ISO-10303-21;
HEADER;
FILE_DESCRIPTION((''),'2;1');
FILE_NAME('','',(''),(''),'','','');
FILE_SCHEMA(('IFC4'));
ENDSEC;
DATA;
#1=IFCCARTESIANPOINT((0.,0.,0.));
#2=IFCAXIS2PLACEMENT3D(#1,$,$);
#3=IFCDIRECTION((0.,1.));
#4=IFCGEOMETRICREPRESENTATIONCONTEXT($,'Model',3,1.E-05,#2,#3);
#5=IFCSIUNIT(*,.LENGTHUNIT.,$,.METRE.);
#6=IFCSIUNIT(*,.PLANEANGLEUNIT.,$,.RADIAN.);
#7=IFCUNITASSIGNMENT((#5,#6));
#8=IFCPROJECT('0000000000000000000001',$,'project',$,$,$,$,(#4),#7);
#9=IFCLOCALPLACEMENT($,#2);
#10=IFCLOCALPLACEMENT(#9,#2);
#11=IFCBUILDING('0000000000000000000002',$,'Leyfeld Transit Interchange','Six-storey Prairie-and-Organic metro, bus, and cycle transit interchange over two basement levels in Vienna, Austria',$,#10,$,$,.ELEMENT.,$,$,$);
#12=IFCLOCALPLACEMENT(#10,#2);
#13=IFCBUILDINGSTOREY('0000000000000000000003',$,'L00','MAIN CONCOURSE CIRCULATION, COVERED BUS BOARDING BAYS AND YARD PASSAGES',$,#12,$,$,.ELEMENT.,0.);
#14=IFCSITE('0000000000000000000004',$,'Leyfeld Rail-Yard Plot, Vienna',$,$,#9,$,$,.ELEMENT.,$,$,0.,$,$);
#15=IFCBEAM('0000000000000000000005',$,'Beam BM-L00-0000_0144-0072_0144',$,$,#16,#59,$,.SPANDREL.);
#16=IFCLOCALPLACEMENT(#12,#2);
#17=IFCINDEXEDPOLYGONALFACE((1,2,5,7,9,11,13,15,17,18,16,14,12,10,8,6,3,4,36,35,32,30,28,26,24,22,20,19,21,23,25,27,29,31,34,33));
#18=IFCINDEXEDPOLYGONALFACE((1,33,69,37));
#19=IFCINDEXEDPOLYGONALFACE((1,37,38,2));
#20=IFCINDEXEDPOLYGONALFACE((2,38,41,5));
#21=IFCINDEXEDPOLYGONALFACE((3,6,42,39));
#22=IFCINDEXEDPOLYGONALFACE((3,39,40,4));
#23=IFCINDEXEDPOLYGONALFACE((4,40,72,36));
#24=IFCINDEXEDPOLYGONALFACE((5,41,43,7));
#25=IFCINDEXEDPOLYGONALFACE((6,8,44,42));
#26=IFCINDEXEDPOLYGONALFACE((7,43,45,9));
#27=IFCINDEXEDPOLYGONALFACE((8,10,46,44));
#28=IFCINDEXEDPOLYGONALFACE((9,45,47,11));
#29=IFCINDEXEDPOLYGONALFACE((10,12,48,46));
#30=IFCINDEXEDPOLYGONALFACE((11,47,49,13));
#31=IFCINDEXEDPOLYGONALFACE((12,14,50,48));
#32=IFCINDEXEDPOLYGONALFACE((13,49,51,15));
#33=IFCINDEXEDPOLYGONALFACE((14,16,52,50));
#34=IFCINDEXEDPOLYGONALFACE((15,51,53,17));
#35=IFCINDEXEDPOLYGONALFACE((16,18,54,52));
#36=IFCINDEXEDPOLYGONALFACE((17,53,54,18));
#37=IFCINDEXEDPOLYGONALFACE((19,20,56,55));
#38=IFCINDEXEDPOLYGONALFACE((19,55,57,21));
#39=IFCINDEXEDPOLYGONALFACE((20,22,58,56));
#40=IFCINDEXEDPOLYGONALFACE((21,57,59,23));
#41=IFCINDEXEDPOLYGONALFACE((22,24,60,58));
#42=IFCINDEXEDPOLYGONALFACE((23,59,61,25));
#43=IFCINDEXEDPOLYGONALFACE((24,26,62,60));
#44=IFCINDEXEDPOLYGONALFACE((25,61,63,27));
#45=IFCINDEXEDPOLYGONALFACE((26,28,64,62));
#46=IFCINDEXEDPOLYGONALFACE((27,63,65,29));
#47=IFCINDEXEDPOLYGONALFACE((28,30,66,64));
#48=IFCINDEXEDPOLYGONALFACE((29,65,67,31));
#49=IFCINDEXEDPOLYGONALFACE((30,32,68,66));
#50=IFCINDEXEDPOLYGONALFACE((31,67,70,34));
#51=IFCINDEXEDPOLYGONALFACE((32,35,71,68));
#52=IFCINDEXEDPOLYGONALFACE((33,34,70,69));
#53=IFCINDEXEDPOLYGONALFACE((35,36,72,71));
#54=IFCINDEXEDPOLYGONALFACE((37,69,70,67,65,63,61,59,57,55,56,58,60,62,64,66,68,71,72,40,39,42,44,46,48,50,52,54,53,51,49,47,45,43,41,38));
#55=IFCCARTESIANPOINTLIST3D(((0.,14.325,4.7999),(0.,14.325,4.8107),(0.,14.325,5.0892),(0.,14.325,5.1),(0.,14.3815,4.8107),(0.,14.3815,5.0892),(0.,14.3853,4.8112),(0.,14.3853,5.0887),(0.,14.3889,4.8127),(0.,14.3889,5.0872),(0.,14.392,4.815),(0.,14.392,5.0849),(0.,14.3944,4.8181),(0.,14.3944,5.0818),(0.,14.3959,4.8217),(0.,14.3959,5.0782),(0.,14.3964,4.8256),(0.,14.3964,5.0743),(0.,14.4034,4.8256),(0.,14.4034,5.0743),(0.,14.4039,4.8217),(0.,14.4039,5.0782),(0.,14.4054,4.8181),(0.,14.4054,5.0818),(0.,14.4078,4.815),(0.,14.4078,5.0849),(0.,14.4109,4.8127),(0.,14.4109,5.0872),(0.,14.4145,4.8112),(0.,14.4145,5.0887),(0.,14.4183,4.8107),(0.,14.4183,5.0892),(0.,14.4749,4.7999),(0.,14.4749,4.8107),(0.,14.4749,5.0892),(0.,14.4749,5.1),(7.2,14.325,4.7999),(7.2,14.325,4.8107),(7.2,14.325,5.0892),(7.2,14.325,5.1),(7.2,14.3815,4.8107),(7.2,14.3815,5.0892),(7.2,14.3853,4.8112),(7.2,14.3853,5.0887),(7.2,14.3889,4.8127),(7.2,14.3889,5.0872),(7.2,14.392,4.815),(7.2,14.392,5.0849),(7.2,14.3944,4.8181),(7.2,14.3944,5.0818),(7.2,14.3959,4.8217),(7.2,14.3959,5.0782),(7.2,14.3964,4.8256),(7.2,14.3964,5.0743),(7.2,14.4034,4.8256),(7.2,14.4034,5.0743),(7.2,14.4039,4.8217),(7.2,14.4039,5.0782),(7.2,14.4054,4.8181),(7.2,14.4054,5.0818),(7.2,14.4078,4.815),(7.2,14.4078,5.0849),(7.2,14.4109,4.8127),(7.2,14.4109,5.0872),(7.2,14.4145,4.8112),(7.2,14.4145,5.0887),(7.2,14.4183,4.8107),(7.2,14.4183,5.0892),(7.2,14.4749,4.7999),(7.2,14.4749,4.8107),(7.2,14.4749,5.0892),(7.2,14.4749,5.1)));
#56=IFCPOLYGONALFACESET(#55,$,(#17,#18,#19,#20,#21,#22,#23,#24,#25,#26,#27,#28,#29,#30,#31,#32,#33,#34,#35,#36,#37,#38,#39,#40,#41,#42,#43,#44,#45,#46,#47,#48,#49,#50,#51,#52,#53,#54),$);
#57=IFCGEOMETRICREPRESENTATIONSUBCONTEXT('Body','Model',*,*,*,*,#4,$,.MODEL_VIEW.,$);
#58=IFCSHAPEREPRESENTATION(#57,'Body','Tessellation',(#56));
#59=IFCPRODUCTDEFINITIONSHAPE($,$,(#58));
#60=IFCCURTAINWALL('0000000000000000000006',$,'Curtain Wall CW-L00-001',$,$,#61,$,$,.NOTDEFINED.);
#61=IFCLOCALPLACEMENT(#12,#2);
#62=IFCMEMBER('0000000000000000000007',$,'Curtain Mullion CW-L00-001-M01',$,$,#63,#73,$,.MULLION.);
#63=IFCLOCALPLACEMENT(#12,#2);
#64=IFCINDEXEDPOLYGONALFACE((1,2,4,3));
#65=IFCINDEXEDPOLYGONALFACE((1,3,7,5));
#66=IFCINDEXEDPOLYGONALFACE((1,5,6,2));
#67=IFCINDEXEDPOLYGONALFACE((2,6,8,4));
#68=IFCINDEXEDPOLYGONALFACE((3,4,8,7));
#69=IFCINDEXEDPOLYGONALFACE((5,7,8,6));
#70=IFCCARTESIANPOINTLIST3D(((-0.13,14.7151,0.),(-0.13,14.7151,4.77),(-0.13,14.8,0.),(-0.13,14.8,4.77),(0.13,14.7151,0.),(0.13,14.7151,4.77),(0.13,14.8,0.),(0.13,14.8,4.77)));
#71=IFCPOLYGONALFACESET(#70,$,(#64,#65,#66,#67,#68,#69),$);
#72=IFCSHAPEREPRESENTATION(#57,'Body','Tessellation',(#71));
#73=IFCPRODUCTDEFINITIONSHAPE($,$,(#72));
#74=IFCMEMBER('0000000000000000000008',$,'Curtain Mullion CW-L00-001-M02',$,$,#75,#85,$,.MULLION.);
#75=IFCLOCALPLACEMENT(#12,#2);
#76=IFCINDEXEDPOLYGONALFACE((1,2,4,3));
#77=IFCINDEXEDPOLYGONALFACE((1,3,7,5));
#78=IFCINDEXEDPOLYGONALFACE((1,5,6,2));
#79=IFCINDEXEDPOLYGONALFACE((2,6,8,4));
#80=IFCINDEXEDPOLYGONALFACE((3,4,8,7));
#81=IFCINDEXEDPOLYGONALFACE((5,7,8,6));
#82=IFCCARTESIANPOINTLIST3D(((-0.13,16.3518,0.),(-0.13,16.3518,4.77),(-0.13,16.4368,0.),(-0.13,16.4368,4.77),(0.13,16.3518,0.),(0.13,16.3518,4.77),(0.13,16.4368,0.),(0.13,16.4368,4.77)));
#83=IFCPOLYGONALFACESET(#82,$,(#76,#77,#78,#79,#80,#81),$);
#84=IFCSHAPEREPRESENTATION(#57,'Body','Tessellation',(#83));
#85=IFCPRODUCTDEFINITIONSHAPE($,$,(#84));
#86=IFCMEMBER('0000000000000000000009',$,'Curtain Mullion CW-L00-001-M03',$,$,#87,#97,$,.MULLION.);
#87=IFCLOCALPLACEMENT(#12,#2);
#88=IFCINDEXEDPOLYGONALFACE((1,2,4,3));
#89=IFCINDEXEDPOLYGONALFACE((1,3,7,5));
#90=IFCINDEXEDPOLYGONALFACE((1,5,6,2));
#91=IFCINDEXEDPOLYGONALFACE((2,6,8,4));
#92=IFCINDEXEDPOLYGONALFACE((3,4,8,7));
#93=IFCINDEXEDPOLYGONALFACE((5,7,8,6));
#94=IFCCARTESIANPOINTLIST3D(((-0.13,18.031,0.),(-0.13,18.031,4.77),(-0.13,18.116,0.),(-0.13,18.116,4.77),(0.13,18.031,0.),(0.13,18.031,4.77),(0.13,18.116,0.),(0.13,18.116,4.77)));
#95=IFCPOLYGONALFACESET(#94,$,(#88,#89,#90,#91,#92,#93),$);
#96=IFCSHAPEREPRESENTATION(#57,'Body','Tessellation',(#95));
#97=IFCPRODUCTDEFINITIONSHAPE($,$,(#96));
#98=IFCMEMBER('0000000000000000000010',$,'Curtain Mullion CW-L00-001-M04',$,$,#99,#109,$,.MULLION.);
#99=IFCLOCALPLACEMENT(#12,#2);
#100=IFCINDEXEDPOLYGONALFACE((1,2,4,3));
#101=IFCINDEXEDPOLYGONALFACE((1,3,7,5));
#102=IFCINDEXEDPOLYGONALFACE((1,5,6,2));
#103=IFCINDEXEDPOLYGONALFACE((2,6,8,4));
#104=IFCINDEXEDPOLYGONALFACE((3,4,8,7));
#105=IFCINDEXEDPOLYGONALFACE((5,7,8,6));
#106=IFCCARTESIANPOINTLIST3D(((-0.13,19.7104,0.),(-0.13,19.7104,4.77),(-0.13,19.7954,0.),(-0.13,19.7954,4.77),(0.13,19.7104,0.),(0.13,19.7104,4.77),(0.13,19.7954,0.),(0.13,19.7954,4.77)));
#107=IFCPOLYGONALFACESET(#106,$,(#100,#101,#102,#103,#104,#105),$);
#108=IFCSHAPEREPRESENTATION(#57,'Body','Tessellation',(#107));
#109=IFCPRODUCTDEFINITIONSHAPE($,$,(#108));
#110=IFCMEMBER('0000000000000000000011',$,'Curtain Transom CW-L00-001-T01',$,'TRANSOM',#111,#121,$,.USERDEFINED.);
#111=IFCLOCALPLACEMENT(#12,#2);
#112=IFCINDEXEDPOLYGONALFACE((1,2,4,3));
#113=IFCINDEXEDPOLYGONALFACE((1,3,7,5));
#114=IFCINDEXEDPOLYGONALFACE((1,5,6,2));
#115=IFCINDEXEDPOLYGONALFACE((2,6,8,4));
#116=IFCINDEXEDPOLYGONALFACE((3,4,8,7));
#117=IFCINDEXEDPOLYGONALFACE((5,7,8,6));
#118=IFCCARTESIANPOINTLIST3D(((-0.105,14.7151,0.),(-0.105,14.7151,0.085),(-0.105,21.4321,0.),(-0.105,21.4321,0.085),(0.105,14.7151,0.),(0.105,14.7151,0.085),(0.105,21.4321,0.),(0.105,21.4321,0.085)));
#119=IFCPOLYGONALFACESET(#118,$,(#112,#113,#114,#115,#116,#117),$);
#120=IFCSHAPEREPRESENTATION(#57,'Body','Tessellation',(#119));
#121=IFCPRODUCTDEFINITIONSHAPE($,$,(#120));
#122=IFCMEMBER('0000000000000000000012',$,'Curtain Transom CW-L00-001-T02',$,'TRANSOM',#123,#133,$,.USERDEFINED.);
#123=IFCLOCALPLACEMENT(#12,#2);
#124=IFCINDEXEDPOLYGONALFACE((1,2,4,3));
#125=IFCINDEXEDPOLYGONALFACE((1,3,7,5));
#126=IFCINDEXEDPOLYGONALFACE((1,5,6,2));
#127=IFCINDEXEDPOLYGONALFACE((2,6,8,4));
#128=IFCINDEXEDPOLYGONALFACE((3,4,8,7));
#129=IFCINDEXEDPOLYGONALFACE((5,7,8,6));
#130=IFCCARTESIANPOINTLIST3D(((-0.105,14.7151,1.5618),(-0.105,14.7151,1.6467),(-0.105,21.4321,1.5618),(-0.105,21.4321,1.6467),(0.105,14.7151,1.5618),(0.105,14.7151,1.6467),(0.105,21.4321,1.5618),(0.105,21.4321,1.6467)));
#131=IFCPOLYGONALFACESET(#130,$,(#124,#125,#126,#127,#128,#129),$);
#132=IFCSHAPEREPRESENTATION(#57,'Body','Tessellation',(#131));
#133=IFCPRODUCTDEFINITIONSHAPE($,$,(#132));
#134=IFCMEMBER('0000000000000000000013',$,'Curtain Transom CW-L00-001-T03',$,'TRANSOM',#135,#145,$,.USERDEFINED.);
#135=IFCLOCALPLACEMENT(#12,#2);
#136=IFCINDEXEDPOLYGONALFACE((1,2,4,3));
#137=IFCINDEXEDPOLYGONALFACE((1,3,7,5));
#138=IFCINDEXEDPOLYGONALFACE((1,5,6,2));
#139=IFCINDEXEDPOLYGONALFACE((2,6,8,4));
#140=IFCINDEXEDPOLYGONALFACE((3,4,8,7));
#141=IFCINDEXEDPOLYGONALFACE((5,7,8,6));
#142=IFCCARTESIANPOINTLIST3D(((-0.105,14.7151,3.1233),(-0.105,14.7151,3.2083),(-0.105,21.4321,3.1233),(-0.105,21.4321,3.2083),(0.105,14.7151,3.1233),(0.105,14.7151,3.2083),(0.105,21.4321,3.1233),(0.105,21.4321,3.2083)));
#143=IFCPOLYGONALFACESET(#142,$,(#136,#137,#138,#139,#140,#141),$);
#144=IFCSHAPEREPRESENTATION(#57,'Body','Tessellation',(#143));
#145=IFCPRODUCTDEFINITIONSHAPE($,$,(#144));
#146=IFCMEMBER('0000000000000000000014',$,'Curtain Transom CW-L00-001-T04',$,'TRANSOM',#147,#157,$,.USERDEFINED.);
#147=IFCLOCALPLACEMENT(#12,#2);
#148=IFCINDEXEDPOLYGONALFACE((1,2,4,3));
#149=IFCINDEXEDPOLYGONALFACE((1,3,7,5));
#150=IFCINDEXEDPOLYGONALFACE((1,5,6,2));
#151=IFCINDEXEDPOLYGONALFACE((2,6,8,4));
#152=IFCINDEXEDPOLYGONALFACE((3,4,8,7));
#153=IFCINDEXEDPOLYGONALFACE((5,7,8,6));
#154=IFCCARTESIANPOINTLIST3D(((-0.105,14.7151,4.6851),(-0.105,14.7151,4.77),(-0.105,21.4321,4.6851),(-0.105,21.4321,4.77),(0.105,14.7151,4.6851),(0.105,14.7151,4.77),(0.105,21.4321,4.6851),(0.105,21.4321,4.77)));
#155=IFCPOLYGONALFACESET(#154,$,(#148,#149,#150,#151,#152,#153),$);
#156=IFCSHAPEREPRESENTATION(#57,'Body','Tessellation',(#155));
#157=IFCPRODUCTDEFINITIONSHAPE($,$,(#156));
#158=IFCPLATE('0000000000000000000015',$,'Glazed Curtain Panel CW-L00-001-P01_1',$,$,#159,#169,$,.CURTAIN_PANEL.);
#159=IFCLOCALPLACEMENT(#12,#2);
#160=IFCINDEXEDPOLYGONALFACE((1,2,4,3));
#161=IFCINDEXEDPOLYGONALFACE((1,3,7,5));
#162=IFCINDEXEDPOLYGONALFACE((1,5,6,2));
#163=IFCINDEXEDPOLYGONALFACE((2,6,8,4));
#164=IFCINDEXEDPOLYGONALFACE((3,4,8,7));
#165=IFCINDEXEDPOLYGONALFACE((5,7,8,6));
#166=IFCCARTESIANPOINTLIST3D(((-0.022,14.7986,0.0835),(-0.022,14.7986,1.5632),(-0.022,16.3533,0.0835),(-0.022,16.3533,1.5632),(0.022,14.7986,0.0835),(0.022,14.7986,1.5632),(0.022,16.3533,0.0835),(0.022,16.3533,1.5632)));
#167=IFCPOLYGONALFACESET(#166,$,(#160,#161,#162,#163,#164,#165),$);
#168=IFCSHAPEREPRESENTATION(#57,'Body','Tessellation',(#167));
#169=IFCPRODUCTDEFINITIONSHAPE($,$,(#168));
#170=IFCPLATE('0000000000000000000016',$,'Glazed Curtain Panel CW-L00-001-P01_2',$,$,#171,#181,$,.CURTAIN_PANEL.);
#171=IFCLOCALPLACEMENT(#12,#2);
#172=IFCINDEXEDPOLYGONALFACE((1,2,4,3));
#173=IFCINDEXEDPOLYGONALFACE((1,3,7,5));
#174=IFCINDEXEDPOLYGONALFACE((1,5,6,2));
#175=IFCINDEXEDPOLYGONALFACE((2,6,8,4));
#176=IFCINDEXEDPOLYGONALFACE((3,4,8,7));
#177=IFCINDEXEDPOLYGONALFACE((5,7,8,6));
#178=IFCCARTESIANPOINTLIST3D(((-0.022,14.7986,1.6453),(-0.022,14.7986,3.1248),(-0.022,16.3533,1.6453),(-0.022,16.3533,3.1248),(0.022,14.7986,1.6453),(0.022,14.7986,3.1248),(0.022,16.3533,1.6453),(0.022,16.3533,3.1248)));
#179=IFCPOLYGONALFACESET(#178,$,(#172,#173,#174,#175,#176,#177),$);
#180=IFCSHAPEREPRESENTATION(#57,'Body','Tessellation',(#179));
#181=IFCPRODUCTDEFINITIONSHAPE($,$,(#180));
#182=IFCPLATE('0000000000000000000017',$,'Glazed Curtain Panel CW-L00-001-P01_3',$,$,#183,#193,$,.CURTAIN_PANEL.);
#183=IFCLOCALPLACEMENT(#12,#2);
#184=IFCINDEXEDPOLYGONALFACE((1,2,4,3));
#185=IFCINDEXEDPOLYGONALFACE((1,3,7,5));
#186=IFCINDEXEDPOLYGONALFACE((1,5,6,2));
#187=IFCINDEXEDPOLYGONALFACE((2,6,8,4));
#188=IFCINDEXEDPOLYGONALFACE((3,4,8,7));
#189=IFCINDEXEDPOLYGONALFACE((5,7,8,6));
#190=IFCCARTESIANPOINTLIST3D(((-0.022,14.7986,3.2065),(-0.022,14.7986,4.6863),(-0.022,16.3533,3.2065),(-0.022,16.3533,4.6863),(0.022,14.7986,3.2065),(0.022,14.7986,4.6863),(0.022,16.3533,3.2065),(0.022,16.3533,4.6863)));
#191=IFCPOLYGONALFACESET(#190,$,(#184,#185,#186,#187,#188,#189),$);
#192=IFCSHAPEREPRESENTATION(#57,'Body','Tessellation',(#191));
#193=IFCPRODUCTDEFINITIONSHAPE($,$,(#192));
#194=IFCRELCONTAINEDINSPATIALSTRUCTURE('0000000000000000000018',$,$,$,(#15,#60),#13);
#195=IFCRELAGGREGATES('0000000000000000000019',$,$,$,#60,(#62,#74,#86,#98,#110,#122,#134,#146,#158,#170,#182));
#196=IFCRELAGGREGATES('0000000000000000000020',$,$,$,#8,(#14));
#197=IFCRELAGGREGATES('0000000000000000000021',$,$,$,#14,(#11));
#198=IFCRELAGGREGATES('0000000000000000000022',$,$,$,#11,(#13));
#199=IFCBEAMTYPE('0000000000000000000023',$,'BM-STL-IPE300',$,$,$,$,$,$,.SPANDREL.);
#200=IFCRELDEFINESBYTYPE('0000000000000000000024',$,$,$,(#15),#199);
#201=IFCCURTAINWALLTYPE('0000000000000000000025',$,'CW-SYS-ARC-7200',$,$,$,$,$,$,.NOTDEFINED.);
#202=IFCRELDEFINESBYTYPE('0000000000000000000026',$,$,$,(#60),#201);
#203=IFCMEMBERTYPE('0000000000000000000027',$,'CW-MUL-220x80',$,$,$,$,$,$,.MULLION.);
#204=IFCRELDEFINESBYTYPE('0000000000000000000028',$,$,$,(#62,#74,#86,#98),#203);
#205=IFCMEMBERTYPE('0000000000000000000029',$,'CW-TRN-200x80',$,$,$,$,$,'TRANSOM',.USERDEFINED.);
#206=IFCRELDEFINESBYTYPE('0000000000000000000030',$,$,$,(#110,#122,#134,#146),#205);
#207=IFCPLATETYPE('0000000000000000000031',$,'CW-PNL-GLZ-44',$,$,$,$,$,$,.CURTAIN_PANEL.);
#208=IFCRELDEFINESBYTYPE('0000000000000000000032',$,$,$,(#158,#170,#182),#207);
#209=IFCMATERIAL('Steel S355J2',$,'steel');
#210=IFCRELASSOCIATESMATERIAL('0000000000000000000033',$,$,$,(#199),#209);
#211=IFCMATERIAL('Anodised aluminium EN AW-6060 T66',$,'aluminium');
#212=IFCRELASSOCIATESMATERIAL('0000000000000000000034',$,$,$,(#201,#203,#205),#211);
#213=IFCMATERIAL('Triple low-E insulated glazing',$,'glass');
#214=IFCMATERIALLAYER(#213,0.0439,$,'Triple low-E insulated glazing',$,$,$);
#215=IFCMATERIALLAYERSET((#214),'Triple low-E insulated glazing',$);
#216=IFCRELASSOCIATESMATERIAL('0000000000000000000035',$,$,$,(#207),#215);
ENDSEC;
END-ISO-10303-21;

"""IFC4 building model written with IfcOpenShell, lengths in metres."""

from ifc_helpers import new_model, si_unit, direction, frame, origin, origin_2d, place, context, subcontext, project, spatial, rectangle, i_section, extrude, material, layer, layer_set, material_profile, profile_set, type_object, element, aggregate, save


model = new_model("IFC4")

# Units and contexts
model_context = context("Model", 3, precision=1e-05, world=origin(), true_north=direction((0.0, 1.0)))
body_context = subcontext(model_context, "Body", "Model", "MODEL_VIEW")
ifc_project = project(units=[si_unit("LENGTHUNIT", "METRE"), si_unit("PLANEANGLEUNIT", "RADIAN")], contexts=[model_context])

# Site, building, storey
site_placement = place(None, origin())
site = spatial("IfcSite", under=ifc_project, at=site_placement, Name="Leyfeld Rail-Yard Plot, Vienna", CompositionType="ELEMENT", RefElevation=0.0)
building_placement = place(site_placement, origin())
building = spatial("IfcBuilding", under=site, at=building_placement, Name="Leyfeld Transit Interchange", Description="Six-storey Prairie-and-Organic metro, bus, and cycle transit interchange over two basement levels in Vienna, Austria", CompositionType="ELEMENT")
storey_placement = place(building_placement, origin())
storey = spatial("IfcBuildingStorey", under=building, at=storey_placement, Name="L00", Description="MAIN CONCOURSE CIRCULATION, COVERED BUS BOARDING BAYS AND YARD PASSAGES", CompositionType="ELEMENT", Elevation=0.0)

# Beam
ifc_material_1 = material(Name="Steel S355J2", Category="steel")
ifc_material_profile_1 = material_profile(ifc_material_1, i_section(OverallWidth=0.1499, OverallDepth=0.3, WebThickness=0.0071, FlangeThickness=0.0107, FilletRadius=0.0149, at=origin_2d()), Name="IPE 300")
ifc_profile_set_1 = profile_set([ifc_material_profile_1], Name="Steel S355J2")
beam_type = type_object("IfcBeamType", Name="BM-STL-IPE300", PredefinedType="SPANDREL", material=ifc_profile_set_1)
beam_1_placement = place(storey_placement, frame((0.0, 14.3999, 4.95), z_axis=(1.0, 0.0, 0.0), x_axis=(0.0, 1.0, 0.0)))
element("IfcBeam", 1, at=beam_1_placement, inside=storey, type_object=beam_type, Name="Beam BM-L00-0000_0144-0072_0144", PredefinedType="SPANDREL", context=body_context, shape_type="SweptSolid", body=[
    extrude(i_section(OverallWidth=0.1499, OverallDepth=0.3, WebThickness=0.0071, FlangeThickness=0.0107, FilletRadius=0.0149, at=origin_2d()), origin(), (0.0, 0.0, 1.0), 7.2),
])

# Curtain wall, members, plates
ifc_material_2 = material(Name="Anodised aluminium EN AW-6060 T66", Category="aluminium")
curtain_wall_type = type_object("IfcCurtainWallType", Name="CW-SYS-ARC-7200", PredefinedType="NOTDEFINED", material=ifc_material_2)
curtain_wall_placement = place(storey_placement, origin())
curtain_wall = element("IfcCurtainWall", 2, at=curtain_wall_placement, inside=storey, type_object=curtain_wall_type, Name="Curtain Wall CW-L00-001", PredefinedType="NOTDEFINED")
ifc_material_profile_2 = material_profile(ifc_material_2, rectangle(XDim=0.085, YDim=0.26, at=origin_2d()), Name="CW-M 85x260")
ifc_profile_set_2 = profile_set([ifc_material_profile_2], Name="Anodised aluminium EN AW-6060 T66")
member_type_1 = type_object("IfcMemberType", Name="CW-MUL-220x80", PredefinedType="MULLION", material=ifc_profile_set_2)
member_1_placement = place(storey_placement, frame((0.0, 14.7576, 0.0), z_axis=(0.0, 0.0, 1.0), x_axis=(0.0, 1.0, 0.0)))
member_1 = element("IfcMember", 3, at=member_1_placement, type_object=member_type_1, Name="Curtain Mullion CW-L00-001-M01", PredefinedType="MULLION", context=body_context, shape_type="SweptSolid", body=[
    extrude(rectangle(XDim=0.085, YDim=0.26, at=origin_2d()), origin(), (0.0, 0.0, 1.0), 4.77),
])
member_2_placement = place(storey_placement, frame((0.0, 16.3943, 0.0), z_axis=(0.0, 0.0, 1.0), x_axis=(0.0, 1.0, 0.0)))
member_2 = element("IfcMember", 4, at=member_2_placement, type_object=member_type_1, Name="Curtain Mullion CW-L00-001-M02", PredefinedType="MULLION", context=body_context, shape_type="SweptSolid", body=[
    extrude(rectangle(XDim=0.085, YDim=0.26, at=origin_2d()), origin(), (0.0, 0.0, 1.0), 4.77),
])
member_3_placement = place(storey_placement, frame((0.0, 18.0735, 0.0), z_axis=(0.0, 0.0, 1.0), x_axis=(0.0, 1.0, 0.0)))
member_3 = element("IfcMember", 5, at=member_3_placement, type_object=member_type_1, Name="Curtain Mullion CW-L00-001-M03", PredefinedType="MULLION", context=body_context, shape_type="SweptSolid", body=[
    extrude(rectangle(XDim=0.085, YDim=0.26, at=origin_2d()), origin(), (0.0, 0.0, 1.0), 4.77),
])
member_4_placement = place(storey_placement, frame((0.0, 19.7529, 0.0), z_axis=(0.0, 0.0, 1.0), x_axis=(0.0, 1.0, 0.0)))
member_4 = element("IfcMember", 6, at=member_4_placement, type_object=member_type_1, Name="Curtain Mullion CW-L00-001-M04", PredefinedType="MULLION", context=body_context, shape_type="SweptSolid", body=[
    extrude(rectangle(XDim=0.085, YDim=0.26, at=origin_2d()), origin(), (0.0, 0.0, 1.0), 4.77),
])
ifc_material_profile_3 = material_profile(ifc_material_2, rectangle(XDim=0.21, YDim=0.085, at=origin_2d()), Name="CW-TRN-200x80")
ifc_profile_set_3 = profile_set([ifc_material_profile_3], Name="Anodised aluminium EN AW-6060 T66")
member_type_2 = type_object("IfcMemberType", Name="CW-TRN-200x80", ElementType="TRANSOM", PredefinedType="USERDEFINED", material=ifc_profile_set_3)
member_5_placement = place(storey_placement, frame((0.0, 14.7151, 0.0425), z_axis=(0.0, 1.0, 0.0), x_axis=(-1.0, 0.0, 0.0)))
member_5 = element("IfcMember", 7, at=member_5_placement, type_object=member_type_2, Name="Curtain Transom CW-L00-001-T01", ObjectType="TRANSOM", PredefinedType="USERDEFINED", context=body_context, shape_type="SweptSolid", body=[
    extrude(rectangle(XDim=0.21, YDim=0.085, at=origin_2d()), origin(), (0.0, 0.0, 1.0), 6.717),
])
member_6_placement = place(storey_placement, frame((0.0, 14.7151, 1.6042), z_axis=(0.0, 1.0, 0.0), x_axis=(-1.0, 0.0, 0.0)))
member_6 = element("IfcMember", 8, at=member_6_placement, type_object=member_type_2, Name="Curtain Transom CW-L00-001-T02", ObjectType="TRANSOM", PredefinedType="USERDEFINED", context=body_context, shape_type="SweptSolid", body=[
    extrude(rectangle(XDim=0.21, YDim=0.085, at=origin_2d()), origin(), (0.0, 0.0, 1.0), 6.717),
])
member_7_placement = place(storey_placement, frame((0.0, 14.7151, 3.1658), z_axis=(0.0, 1.0, 0.0), x_axis=(-1.0, 0.0, 0.0)))
member_7 = element("IfcMember", 9, at=member_7_placement, type_object=member_type_2, Name="Curtain Transom CW-L00-001-T03", ObjectType="TRANSOM", PredefinedType="USERDEFINED", context=body_context, shape_type="SweptSolid", body=[
    extrude(rectangle(XDim=0.21, YDim=0.085, at=origin_2d()), origin(), (0.0, 0.0, 1.0), 6.717),
])
member_8_placement = place(storey_placement, frame((0.0, 14.7151, 4.7275), z_axis=(0.0, 1.0, 0.0), x_axis=(-1.0, 0.0, 0.0)))
member_8 = element("IfcMember", 10, at=member_8_placement, type_object=member_type_2, Name="Curtain Transom CW-L00-001-T04", ObjectType="TRANSOM", PredefinedType="USERDEFINED", context=body_context, shape_type="SweptSolid", body=[
    extrude(rectangle(XDim=0.21, YDim=0.085, at=origin_2d()), origin(), (0.0, 0.0, 1.0), 6.717),
])
ifc_material_3 = material(Name="Triple low-E insulated glazing", Category="glass")
ifc_layer = layer(ifc_material_3, 0.0439, Name="Triple low-E insulated glazing")
ifc_layer_set = layer_set([ifc_layer], Name="Triple low-E insulated glazing")
plate_type = type_object("IfcPlateType", Name="CW-PNL-GLZ-44", PredefinedType="CURTAIN_PANEL", material=ifc_layer_set)
plate_1_placement = place(storey_placement, frame((0.0, 15.5759, 0.0835), z_axis=(0.0, 0.0, 1.0), x_axis=(0.0, 1.0, 0.0)))
plate_1 = element("IfcPlate", 11, at=plate_1_placement, type_object=plate_type, Name="Glazed Curtain Panel CW-L00-001-P01_1", PredefinedType="CURTAIN_PANEL", context=body_context, shape_type="SweptSolid", body=[
    extrude(rectangle(XDim=1.5547, YDim=0.0439, at=origin_2d()), origin(), (0.0, 0.0, 1.0), 1.4797),
])
plate_2_placement = place(storey_placement, frame((0.0, 15.5759, 1.6453), z_axis=(0.0, 0.0, 1.0), x_axis=(0.0, 1.0, 0.0)))
plate_2 = element("IfcPlate", 12, at=plate_2_placement, type_object=plate_type, Name="Glazed Curtain Panel CW-L00-001-P01_2", PredefinedType="CURTAIN_PANEL", context=body_context, shape_type="SweptSolid", body=[
    extrude(rectangle(XDim=1.5547, YDim=0.0439, at=origin_2d()), origin(), (0.0, 0.0, 1.0), 1.4795),
])
plate_3_placement = place(storey_placement, frame((0.0, 15.5759, 3.2065), z_axis=(0.0, 0.0, 1.0), x_axis=(0.0, 1.0, 0.0)))
plate_3 = element("IfcPlate", 13, at=plate_3_placement, type_object=plate_type, Name="Glazed Curtain Panel CW-L00-001-P01_3", PredefinedType="CURTAIN_PANEL", context=body_context, shape_type="SweptSolid", body=[
    extrude(rectangle(XDim=1.5547, YDim=0.0439, at=origin_2d()), origin(), (0.0, 0.0, 1.0), 1.4797),
])
aggregate(curtain_wall, [member_1, member_2, member_3, member_4, member_5, member_6, member_7, member_8, plate_1, plate_2, plate_3])

save(model, "model.ifc")
